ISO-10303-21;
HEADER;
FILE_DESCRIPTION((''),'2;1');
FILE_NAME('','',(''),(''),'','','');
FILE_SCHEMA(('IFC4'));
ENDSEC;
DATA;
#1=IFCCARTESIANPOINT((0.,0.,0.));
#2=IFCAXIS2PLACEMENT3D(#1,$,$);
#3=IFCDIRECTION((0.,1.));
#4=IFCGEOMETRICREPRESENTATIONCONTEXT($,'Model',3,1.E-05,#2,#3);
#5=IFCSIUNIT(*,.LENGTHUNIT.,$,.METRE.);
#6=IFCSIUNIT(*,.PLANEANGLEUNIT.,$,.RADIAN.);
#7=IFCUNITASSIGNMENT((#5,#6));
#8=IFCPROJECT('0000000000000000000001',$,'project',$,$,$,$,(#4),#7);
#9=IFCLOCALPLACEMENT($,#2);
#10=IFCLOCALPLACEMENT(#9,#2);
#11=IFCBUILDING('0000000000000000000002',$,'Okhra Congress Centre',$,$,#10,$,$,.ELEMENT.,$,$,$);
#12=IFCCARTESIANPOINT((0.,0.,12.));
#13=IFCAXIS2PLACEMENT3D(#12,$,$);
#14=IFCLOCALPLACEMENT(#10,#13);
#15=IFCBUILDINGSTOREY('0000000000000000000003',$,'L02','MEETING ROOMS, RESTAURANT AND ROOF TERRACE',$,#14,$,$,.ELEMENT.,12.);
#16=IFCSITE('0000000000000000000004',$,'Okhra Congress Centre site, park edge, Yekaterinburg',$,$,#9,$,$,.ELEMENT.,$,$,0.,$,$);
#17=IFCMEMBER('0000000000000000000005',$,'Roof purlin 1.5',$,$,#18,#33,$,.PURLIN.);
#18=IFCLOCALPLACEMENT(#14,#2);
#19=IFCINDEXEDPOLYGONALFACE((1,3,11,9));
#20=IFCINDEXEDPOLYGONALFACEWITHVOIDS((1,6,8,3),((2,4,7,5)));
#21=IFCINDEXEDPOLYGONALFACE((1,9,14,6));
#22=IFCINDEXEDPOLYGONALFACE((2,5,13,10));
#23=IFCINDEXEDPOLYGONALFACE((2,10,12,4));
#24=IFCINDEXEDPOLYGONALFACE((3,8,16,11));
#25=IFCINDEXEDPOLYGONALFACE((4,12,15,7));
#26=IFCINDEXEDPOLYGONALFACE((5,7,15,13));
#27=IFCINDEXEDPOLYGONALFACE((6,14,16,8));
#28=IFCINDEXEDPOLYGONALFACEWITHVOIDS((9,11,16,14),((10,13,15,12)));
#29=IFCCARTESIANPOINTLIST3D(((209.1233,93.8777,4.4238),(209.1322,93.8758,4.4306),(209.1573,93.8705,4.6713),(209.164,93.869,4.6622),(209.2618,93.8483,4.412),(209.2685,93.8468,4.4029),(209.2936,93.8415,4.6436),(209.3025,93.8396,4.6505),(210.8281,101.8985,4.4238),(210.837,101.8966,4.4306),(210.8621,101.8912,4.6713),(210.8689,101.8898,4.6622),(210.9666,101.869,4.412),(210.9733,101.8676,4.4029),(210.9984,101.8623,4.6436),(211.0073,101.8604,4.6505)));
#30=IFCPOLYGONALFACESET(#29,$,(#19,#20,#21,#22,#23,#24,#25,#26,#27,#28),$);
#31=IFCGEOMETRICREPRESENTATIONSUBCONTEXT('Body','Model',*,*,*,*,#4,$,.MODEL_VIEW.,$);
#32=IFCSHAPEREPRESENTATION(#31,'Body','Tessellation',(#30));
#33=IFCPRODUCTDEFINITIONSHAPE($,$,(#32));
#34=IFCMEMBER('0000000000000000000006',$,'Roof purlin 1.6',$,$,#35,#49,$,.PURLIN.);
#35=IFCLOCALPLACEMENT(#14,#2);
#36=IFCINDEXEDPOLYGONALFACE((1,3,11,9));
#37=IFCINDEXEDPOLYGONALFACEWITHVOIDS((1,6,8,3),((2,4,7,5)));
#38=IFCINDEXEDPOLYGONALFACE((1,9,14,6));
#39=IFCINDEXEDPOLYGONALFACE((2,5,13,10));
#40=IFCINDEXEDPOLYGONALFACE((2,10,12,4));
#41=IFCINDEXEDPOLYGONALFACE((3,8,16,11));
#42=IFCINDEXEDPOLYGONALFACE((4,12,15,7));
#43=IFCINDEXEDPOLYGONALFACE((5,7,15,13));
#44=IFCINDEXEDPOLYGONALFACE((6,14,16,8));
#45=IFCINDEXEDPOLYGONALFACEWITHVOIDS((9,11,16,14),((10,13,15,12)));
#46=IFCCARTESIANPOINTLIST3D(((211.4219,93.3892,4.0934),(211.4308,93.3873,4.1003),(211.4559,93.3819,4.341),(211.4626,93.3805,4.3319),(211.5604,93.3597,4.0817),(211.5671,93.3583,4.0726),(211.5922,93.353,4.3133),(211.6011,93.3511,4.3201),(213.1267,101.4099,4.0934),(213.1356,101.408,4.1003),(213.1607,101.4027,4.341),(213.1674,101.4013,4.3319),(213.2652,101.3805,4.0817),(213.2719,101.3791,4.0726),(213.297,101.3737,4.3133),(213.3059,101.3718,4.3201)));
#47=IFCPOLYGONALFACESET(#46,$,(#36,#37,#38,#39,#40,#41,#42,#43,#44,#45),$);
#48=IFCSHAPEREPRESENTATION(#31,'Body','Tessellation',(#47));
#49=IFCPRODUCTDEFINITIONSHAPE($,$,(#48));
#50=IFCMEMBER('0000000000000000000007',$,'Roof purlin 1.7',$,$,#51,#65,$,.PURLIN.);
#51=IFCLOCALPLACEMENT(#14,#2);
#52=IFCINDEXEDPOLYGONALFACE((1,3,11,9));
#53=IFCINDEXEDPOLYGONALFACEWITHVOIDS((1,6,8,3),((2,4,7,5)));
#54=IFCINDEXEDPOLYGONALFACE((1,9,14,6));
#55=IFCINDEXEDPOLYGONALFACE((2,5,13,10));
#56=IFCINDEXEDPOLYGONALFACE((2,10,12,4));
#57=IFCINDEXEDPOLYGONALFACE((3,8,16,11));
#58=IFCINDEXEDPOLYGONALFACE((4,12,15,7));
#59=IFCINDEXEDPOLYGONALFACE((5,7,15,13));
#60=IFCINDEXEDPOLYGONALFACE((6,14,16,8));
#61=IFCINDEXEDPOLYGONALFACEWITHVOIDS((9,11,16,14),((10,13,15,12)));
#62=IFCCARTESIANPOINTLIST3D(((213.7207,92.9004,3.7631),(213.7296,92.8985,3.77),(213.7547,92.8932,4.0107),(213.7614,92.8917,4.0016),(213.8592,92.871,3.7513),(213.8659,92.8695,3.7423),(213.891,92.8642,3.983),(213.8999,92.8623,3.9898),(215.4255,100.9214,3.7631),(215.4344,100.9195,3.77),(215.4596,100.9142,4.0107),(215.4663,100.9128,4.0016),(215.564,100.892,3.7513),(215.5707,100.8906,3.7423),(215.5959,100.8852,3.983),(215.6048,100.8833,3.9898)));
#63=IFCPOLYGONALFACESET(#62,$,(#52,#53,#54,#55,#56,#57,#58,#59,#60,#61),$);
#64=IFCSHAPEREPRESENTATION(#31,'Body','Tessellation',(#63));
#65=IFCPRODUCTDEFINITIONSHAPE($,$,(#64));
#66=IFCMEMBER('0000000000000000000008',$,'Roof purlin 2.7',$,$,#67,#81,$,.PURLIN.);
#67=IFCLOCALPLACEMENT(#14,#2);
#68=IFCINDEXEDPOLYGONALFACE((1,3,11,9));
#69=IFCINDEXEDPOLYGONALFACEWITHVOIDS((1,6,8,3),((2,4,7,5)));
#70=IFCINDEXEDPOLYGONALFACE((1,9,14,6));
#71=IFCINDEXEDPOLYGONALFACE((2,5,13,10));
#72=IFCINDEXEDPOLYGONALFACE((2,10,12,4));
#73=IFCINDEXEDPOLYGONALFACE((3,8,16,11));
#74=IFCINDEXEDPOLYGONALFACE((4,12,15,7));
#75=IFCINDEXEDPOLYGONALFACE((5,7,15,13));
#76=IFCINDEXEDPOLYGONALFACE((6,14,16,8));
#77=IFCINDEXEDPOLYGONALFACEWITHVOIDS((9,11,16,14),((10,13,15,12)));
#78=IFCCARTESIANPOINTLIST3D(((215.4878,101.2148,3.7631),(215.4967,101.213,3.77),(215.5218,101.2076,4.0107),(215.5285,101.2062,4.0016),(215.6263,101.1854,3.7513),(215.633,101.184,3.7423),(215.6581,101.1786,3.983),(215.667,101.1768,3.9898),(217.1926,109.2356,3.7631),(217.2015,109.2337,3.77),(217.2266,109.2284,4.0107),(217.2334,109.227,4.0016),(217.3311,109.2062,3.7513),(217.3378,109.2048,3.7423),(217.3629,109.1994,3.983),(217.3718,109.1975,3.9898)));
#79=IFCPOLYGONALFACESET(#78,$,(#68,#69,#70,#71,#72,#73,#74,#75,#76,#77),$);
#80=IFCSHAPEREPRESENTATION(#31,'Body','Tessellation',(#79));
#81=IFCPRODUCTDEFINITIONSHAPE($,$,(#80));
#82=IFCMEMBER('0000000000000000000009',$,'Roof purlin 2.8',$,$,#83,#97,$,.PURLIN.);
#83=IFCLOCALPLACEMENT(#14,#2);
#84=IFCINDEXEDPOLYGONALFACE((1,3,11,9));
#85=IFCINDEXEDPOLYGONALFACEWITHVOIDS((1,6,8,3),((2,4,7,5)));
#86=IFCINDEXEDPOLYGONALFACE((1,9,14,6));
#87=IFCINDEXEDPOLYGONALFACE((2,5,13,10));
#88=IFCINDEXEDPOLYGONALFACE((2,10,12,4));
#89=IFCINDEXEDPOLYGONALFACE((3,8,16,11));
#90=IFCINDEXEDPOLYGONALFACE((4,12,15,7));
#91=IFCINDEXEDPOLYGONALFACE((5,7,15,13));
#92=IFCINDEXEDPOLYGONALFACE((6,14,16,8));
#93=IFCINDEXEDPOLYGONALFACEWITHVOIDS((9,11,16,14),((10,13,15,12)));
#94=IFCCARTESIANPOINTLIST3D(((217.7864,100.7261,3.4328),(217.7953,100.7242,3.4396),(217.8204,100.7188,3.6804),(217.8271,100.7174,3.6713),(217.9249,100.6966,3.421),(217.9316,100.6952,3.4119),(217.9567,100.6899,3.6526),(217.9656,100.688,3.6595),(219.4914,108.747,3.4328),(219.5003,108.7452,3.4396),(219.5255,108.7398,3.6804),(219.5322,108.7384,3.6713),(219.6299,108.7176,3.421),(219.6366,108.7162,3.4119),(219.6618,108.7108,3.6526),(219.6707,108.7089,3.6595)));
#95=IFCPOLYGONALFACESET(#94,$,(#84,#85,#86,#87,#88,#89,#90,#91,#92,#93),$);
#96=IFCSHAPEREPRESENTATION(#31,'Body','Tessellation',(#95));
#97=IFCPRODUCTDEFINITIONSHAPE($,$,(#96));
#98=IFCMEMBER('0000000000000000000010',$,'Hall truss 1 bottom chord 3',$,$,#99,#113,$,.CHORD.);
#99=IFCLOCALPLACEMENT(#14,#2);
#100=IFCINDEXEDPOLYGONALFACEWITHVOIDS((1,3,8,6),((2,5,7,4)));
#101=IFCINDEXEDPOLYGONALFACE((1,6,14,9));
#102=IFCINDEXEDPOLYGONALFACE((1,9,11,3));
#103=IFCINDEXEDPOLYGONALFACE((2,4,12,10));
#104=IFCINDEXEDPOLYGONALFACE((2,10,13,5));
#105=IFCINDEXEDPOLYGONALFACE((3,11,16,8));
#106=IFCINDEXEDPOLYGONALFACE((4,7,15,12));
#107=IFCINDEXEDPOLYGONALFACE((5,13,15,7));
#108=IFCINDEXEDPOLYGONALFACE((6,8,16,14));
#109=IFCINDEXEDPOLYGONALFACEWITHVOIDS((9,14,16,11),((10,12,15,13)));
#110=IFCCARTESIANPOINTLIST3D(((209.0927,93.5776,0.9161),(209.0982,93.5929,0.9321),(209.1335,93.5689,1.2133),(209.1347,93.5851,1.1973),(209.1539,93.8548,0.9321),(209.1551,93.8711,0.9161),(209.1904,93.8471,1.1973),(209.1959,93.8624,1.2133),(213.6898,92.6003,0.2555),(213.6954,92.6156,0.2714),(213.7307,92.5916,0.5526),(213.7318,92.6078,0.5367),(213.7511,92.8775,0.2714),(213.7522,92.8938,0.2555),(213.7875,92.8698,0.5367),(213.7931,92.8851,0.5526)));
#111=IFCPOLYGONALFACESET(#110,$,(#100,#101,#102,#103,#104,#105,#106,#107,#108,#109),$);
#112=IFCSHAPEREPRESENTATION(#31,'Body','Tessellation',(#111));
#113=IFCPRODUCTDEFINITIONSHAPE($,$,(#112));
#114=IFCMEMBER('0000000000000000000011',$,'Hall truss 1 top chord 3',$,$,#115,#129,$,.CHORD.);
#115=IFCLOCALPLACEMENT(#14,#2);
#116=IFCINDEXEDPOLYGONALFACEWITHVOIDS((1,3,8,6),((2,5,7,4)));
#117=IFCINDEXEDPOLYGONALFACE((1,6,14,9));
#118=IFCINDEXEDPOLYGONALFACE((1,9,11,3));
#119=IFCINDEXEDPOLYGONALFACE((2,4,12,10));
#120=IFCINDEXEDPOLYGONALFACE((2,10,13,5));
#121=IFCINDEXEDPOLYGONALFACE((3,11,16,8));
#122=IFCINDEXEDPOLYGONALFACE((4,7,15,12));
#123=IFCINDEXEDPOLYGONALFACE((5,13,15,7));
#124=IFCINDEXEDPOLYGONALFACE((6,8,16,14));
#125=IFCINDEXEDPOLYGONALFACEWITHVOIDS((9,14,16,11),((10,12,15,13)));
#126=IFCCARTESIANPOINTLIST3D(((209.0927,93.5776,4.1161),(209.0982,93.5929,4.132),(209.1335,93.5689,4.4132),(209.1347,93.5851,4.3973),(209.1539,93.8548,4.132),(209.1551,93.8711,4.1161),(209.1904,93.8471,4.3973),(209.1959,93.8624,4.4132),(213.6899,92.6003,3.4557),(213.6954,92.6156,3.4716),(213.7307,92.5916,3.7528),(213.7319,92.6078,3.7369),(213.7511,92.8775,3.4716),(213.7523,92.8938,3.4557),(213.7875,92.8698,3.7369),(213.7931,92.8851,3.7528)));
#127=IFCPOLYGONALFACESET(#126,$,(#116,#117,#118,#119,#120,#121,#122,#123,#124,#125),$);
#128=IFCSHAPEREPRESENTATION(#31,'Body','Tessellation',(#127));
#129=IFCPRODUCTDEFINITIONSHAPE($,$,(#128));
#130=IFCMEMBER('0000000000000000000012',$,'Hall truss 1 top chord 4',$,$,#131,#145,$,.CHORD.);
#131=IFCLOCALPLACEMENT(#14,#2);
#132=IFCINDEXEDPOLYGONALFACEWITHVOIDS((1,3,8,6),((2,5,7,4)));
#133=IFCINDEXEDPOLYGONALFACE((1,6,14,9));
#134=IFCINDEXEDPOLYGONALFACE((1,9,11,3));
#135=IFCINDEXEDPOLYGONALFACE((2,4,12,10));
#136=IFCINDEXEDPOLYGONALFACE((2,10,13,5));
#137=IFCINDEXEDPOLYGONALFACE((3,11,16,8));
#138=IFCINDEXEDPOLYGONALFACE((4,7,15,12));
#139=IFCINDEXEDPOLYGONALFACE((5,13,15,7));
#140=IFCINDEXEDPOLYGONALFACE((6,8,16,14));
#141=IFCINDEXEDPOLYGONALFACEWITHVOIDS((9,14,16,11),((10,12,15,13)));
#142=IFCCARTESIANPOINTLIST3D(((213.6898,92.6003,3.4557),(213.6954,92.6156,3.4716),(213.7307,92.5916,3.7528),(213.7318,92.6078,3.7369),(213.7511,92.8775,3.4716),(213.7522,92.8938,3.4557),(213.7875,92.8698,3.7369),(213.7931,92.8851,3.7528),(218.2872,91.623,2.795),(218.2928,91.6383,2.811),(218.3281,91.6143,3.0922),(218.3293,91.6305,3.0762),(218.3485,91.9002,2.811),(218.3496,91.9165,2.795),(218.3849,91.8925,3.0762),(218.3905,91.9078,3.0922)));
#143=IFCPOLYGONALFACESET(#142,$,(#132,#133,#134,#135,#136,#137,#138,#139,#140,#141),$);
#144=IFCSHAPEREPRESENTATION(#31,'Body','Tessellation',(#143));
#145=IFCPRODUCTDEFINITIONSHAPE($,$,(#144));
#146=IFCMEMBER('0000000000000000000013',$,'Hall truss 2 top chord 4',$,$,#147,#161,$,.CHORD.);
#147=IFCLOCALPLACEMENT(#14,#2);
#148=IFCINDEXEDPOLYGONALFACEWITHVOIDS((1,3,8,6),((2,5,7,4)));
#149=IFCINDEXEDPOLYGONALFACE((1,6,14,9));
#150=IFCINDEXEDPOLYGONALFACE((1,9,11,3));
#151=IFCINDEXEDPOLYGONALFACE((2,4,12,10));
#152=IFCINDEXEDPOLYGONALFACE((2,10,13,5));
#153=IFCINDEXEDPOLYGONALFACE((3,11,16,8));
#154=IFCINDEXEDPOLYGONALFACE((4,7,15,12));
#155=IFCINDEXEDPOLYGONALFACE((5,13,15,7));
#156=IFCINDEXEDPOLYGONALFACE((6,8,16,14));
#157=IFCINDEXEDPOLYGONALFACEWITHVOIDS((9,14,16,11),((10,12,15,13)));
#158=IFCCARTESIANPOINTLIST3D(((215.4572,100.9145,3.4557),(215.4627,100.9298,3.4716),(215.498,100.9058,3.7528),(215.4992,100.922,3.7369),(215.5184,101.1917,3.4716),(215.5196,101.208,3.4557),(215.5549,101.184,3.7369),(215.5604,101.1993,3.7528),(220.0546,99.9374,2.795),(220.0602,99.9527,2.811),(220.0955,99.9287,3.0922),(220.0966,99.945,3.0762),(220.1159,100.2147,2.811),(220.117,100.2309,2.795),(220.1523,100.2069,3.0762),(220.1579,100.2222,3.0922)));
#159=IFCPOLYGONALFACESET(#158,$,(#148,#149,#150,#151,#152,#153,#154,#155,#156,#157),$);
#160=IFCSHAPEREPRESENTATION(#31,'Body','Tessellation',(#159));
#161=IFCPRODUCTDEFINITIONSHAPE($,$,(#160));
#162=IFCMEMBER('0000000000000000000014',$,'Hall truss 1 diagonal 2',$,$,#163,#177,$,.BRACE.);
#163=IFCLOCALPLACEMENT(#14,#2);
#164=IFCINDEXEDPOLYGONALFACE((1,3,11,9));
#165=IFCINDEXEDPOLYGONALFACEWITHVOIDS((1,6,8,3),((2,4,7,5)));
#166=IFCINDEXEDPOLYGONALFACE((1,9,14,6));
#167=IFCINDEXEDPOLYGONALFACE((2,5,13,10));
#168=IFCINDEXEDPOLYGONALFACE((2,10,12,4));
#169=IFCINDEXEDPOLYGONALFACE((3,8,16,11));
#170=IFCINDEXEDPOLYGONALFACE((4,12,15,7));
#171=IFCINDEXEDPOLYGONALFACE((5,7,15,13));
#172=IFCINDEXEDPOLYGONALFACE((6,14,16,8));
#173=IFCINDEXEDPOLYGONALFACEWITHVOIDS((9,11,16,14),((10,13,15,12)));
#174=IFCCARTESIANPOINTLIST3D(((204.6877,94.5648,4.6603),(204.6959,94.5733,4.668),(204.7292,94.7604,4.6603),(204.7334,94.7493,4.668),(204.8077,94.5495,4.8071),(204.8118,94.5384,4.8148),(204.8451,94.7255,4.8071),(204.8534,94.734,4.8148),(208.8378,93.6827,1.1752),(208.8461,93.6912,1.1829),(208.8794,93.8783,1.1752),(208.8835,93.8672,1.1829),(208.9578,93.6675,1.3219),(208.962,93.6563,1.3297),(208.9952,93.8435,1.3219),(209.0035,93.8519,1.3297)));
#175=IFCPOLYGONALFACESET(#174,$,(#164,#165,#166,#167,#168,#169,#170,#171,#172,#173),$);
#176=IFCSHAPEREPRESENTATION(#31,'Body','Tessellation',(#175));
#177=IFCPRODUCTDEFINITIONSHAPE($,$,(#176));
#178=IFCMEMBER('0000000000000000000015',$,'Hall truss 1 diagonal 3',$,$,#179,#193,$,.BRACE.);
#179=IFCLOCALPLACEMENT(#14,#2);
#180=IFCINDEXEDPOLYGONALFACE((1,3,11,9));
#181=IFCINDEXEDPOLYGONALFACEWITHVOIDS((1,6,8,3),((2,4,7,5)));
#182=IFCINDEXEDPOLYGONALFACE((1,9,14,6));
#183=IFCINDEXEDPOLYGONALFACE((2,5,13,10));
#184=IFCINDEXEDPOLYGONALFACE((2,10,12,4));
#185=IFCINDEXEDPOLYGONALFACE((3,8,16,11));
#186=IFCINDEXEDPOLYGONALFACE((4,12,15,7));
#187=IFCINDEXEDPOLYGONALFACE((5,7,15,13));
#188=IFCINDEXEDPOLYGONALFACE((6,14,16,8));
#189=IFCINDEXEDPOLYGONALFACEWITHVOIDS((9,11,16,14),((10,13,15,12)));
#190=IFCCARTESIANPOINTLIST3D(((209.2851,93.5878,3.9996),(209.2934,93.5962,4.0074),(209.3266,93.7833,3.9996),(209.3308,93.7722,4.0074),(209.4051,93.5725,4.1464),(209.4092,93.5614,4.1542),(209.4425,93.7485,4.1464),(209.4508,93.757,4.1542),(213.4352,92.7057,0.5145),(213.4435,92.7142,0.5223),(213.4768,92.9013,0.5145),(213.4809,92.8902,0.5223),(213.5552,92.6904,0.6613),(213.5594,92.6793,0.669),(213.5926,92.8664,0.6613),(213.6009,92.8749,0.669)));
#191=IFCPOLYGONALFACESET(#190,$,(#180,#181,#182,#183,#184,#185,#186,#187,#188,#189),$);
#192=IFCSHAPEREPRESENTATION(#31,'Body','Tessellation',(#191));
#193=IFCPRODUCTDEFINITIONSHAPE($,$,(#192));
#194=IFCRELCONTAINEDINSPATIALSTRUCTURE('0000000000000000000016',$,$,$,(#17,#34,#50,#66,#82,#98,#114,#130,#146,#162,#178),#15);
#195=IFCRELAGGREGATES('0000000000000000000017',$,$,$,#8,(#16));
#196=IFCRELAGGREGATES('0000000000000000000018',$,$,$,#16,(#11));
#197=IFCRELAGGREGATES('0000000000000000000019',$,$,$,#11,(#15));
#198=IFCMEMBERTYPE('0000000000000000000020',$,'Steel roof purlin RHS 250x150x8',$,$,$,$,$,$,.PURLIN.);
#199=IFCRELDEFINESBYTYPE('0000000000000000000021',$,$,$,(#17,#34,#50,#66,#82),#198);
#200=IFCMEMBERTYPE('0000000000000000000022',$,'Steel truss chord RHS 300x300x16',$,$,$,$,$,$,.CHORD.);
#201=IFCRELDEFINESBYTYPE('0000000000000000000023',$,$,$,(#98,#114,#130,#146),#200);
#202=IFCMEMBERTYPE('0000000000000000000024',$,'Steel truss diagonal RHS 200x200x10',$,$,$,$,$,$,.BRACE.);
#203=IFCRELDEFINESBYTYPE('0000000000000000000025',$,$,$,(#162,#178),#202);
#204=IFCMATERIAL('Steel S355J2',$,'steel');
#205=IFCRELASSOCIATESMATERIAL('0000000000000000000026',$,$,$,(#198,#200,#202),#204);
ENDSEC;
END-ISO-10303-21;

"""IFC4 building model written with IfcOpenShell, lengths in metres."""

from ifc_helpers import new_model, si_unit, direction, frame, origin, origin_2d, place, context, subcontext, project, spatial, hollow_rectangle, extrude, material, material_profile, profile_set, type_object, element, save


model = new_model("IFC4")

# Units and contexts
model_context = context("Model", 3, precision=1e-05, world=origin(), true_north=direction((0.0, 1.0)))
body_context = subcontext(model_context, "Body", "Model", "MODEL_VIEW")
ifc_project = project(units=[si_unit("LENGTHUNIT", "METRE"), si_unit("PLANEANGLEUNIT", "RADIAN")], contexts=[model_context])

# Site, building, storey
site_placement = place(None, origin())
site = spatial("IfcSite", under=ifc_project, at=site_placement, Name="Okhra Congress Centre site, park edge, Yekaterinburg", CompositionType="ELEMENT", RefElevation=0.0)
building_placement = place(site_placement, origin())
building = spatial("IfcBuilding", under=site, at=building_placement, Name="Okhra Congress Centre", CompositionType="ELEMENT")
storey_placement = place(building_placement, frame((0.0, 0.0, 12.0)))
storey = spatial("IfcBuildingStorey", under=building, at=storey_placement, Name="L02", Description="MEETING ROOMS, RESTAURANT AND ROOF TERRACE", CompositionType="ELEMENT", Elevation=12.0)

# Members
ifc_material_1 = material(Name="Steel S355J2", Category="steel")
ifc_material_profile_1 = material_profile(ifc_material_1, hollow_rectangle(XDim=0.1499, YDim=0.25, WallThickness=0.0081, at=origin_2d()), Name="RHS 250x150x8")
ifc_profile_set_1 = profile_set([ifc_material_profile_1], Name="Steel S355J2")
member_type_1 = type_object("IfcMemberType", Name="Steel roof purlin RHS 250x150x8", PredefinedType="PURLIN", material=ifc_profile_set_1)
for number, where, z_axis, x_axis, name in (
    (1, (209.2129, 93.8586, 4.5371), (0.207908, 0.978148, 0.0), (-0.968629, 0.205885, 0.139173), "Roof purlin 1.5"),
    (2, (211.5115, 93.3701, 4.2068), (0.207908, 0.978148, 0.0), (-0.968629, 0.205885, 0.139173), "Roof purlin 1.6"),
):
    element("IfcMember", number, at=place(storey_placement, frame(where, z_axis=z_axis, x_axis=x_axis)), inside=storey, type_object=member_type_1, Name=name, PredefinedType="PURLIN", context=body_context, shape_type="SweptSolid", body=[
        extrude(hollow_rectangle(XDim=0.1499, YDim=0.25, WallThickness=0.0081, at=origin_2d()), origin(), (0.0, 0.0, 1.0), 8.2),
    ])
member_1_placement = place(storey_placement, frame((213.8103, 92.8813, 3.8765), z_axis=(0.207902, 0.97815, 0.0), x_axis=(-0.96863, 0.205879, 0.139173)))
element("IfcMember", 3, at=member_1_placement, inside=storey, type_object=member_type_1, Name="Roof purlin 1.7", PredefinedType="PURLIN", context=body_context, shape_type="SweptSolid", body=[
    extrude(hollow_rectangle(XDim=0.1499, YDim=0.25, WallThickness=0.0081, at=origin_2d()), origin(), (0.0, 0.0, 1.0), 8.2002),
])
member_2_placement = place(storey_placement, frame((215.5774, 101.1958, 3.8765), z_axis=(0.207908, 0.978148, 0.0), x_axis=(-0.968629, 0.205885, 0.139173)))
element("IfcMember", 4, at=member_2_placement, inside=storey, type_object=member_type_1, Name="Roof purlin 2.7", PredefinedType="PURLIN", context=body_context, shape_type="SweptSolid", body=[
    extrude(hollow_rectangle(XDim=0.1499, YDim=0.25, WallThickness=0.0081, at=origin_2d()), origin(), (0.0, 0.0, 1.0), 8.2),
])
member_3_placement = place(storey_placement, frame((217.876, 100.707, 3.5461), z_axis=(0.207931, 0.978144, 0.0), x_axis=(-0.968624, 0.205907, 0.139173)))
element("IfcMember", 5, at=member_3_placement, inside=storey, type_object=member_type_1, Name="Roof purlin 2.8", PredefinedType="PURLIN", context=body_context, shape_type="SweptSolid", body=[
    extrude(hollow_rectangle(XDim=0.1499, YDim=0.25, WallThickness=0.0081, at=origin_2d()), origin(), (0.0, 0.0, 1.0), 8.2002),
])
ifc_material_profile_2 = material_profile(ifc_material_1, hollow_rectangle(XDim=0.3, YDim=0.3, WallThickness=0.0161, at=origin_2d()), Name="RHS 300x300x16")
ifc_profile_set_2 = profile_set([ifc_material_profile_2], Name="Steel S355J2")
member_type_2 = type_object("IfcMemberType", Name="Steel truss chord RHS 300x300x16", PredefinedType="CHORD", material=ifc_profile_set_2)
for number, where, z_axis, x_axis, name in (
    (6, (209.1443, 93.72, 1.0647), (0.968619, -0.205915, -0.139197), (0.20794, 0.978142, 0.0), "Hall truss 1 bottom chord 3"),
    (7, (209.1443, 93.72, 4.2646), (0.968626, -0.205917, -0.139147), (0.20794, 0.978142, 0.0), "Hall truss 1 top chord 3"),
):
    element("IfcMember", number, at=place(storey_placement, frame(where, z_axis=z_axis, x_axis=x_axis)), inside=storey, type_object=member_type_2, Name=name, PredefinedType="CHORD", context=body_context, shape_type="SweptSolid", body=[
        extrude(hollow_rectangle(XDim=0.3, YDim=0.3, WallThickness=0.0161, at=origin_2d()), origin(), (0.0, 0.0, 1.0), 4.7461),
    ])
for number, where, z_axis, x_axis, name in (
    (8, (213.7415, 92.7427, 3.6042), (0.968622, -0.205905, -0.13919), (0.207929, 0.978144, 0.0), "Hall truss 1 top chord 4"),
    (9, (215.5088, 101.0569, 3.6042), (0.968633, -0.205856, -0.139192), (0.207879, 0.978154, 0.0), "Hall truss 2 top chord 4"),
):
    element("IfcMember", number, at=place(storey_placement, frame(where, z_axis=z_axis, x_axis=x_axis)), inside=storey, type_object=member_type_2, Name=name, PredefinedType="CHORD", context=body_context, shape_type="SweptSolid", body=[
        extrude(hollow_rectangle(XDim=0.3, YDim=0.3, WallThickness=0.0161, at=origin_2d()), origin(), (0.0, 0.0, 1.0), 4.7463),
    ])
ifc_material_profile_3 = material_profile(ifc_material_1, hollow_rectangle(XDim=0.2, YDim=0.2, WallThickness=0.01, at=origin_2d()), Name="RHS 200x200x10 diagonal")
ifc_profile_set_3 = profile_set([ifc_material_profile_3], Name="Steel S355J2")
member_type_3 = type_object("IfcMemberType", Name="Steel truss diagonal RHS 200x200x10", PredefinedType="BRACE", material=ifc_profile_set_3)
for number, where, z_axis, x_axis, name in (
    (10, (204.7705, 94.6494, 4.7375), (0.755851, -0.16065, -0.634729), (0.207898, 0.978151, 0.0), "Hall truss 1 diagonal 2"),
    (11, (209.3679, 93.6724, 4.0769), (0.755851, -0.16065, -0.634729), (0.207898, 0.978151, 0.0), "Hall truss 1 diagonal 3"),
):
    element("IfcMember", number, at=place(storey_placement, frame(where, z_axis=z_axis, x_axis=x_axis)), inside=storey, type_object=member_type_3, Name=name, PredefinedType="BRACE", context=body_context, shape_type="SweptSolid", body=[
        extrude(hollow_rectangle(XDim=0.2, YDim=0.2, WallThickness=0.01, at=origin_2d()), origin(), (0.0, 0.0, 1.0), 5.4907),
    ])

save(model, "model.ifc")
